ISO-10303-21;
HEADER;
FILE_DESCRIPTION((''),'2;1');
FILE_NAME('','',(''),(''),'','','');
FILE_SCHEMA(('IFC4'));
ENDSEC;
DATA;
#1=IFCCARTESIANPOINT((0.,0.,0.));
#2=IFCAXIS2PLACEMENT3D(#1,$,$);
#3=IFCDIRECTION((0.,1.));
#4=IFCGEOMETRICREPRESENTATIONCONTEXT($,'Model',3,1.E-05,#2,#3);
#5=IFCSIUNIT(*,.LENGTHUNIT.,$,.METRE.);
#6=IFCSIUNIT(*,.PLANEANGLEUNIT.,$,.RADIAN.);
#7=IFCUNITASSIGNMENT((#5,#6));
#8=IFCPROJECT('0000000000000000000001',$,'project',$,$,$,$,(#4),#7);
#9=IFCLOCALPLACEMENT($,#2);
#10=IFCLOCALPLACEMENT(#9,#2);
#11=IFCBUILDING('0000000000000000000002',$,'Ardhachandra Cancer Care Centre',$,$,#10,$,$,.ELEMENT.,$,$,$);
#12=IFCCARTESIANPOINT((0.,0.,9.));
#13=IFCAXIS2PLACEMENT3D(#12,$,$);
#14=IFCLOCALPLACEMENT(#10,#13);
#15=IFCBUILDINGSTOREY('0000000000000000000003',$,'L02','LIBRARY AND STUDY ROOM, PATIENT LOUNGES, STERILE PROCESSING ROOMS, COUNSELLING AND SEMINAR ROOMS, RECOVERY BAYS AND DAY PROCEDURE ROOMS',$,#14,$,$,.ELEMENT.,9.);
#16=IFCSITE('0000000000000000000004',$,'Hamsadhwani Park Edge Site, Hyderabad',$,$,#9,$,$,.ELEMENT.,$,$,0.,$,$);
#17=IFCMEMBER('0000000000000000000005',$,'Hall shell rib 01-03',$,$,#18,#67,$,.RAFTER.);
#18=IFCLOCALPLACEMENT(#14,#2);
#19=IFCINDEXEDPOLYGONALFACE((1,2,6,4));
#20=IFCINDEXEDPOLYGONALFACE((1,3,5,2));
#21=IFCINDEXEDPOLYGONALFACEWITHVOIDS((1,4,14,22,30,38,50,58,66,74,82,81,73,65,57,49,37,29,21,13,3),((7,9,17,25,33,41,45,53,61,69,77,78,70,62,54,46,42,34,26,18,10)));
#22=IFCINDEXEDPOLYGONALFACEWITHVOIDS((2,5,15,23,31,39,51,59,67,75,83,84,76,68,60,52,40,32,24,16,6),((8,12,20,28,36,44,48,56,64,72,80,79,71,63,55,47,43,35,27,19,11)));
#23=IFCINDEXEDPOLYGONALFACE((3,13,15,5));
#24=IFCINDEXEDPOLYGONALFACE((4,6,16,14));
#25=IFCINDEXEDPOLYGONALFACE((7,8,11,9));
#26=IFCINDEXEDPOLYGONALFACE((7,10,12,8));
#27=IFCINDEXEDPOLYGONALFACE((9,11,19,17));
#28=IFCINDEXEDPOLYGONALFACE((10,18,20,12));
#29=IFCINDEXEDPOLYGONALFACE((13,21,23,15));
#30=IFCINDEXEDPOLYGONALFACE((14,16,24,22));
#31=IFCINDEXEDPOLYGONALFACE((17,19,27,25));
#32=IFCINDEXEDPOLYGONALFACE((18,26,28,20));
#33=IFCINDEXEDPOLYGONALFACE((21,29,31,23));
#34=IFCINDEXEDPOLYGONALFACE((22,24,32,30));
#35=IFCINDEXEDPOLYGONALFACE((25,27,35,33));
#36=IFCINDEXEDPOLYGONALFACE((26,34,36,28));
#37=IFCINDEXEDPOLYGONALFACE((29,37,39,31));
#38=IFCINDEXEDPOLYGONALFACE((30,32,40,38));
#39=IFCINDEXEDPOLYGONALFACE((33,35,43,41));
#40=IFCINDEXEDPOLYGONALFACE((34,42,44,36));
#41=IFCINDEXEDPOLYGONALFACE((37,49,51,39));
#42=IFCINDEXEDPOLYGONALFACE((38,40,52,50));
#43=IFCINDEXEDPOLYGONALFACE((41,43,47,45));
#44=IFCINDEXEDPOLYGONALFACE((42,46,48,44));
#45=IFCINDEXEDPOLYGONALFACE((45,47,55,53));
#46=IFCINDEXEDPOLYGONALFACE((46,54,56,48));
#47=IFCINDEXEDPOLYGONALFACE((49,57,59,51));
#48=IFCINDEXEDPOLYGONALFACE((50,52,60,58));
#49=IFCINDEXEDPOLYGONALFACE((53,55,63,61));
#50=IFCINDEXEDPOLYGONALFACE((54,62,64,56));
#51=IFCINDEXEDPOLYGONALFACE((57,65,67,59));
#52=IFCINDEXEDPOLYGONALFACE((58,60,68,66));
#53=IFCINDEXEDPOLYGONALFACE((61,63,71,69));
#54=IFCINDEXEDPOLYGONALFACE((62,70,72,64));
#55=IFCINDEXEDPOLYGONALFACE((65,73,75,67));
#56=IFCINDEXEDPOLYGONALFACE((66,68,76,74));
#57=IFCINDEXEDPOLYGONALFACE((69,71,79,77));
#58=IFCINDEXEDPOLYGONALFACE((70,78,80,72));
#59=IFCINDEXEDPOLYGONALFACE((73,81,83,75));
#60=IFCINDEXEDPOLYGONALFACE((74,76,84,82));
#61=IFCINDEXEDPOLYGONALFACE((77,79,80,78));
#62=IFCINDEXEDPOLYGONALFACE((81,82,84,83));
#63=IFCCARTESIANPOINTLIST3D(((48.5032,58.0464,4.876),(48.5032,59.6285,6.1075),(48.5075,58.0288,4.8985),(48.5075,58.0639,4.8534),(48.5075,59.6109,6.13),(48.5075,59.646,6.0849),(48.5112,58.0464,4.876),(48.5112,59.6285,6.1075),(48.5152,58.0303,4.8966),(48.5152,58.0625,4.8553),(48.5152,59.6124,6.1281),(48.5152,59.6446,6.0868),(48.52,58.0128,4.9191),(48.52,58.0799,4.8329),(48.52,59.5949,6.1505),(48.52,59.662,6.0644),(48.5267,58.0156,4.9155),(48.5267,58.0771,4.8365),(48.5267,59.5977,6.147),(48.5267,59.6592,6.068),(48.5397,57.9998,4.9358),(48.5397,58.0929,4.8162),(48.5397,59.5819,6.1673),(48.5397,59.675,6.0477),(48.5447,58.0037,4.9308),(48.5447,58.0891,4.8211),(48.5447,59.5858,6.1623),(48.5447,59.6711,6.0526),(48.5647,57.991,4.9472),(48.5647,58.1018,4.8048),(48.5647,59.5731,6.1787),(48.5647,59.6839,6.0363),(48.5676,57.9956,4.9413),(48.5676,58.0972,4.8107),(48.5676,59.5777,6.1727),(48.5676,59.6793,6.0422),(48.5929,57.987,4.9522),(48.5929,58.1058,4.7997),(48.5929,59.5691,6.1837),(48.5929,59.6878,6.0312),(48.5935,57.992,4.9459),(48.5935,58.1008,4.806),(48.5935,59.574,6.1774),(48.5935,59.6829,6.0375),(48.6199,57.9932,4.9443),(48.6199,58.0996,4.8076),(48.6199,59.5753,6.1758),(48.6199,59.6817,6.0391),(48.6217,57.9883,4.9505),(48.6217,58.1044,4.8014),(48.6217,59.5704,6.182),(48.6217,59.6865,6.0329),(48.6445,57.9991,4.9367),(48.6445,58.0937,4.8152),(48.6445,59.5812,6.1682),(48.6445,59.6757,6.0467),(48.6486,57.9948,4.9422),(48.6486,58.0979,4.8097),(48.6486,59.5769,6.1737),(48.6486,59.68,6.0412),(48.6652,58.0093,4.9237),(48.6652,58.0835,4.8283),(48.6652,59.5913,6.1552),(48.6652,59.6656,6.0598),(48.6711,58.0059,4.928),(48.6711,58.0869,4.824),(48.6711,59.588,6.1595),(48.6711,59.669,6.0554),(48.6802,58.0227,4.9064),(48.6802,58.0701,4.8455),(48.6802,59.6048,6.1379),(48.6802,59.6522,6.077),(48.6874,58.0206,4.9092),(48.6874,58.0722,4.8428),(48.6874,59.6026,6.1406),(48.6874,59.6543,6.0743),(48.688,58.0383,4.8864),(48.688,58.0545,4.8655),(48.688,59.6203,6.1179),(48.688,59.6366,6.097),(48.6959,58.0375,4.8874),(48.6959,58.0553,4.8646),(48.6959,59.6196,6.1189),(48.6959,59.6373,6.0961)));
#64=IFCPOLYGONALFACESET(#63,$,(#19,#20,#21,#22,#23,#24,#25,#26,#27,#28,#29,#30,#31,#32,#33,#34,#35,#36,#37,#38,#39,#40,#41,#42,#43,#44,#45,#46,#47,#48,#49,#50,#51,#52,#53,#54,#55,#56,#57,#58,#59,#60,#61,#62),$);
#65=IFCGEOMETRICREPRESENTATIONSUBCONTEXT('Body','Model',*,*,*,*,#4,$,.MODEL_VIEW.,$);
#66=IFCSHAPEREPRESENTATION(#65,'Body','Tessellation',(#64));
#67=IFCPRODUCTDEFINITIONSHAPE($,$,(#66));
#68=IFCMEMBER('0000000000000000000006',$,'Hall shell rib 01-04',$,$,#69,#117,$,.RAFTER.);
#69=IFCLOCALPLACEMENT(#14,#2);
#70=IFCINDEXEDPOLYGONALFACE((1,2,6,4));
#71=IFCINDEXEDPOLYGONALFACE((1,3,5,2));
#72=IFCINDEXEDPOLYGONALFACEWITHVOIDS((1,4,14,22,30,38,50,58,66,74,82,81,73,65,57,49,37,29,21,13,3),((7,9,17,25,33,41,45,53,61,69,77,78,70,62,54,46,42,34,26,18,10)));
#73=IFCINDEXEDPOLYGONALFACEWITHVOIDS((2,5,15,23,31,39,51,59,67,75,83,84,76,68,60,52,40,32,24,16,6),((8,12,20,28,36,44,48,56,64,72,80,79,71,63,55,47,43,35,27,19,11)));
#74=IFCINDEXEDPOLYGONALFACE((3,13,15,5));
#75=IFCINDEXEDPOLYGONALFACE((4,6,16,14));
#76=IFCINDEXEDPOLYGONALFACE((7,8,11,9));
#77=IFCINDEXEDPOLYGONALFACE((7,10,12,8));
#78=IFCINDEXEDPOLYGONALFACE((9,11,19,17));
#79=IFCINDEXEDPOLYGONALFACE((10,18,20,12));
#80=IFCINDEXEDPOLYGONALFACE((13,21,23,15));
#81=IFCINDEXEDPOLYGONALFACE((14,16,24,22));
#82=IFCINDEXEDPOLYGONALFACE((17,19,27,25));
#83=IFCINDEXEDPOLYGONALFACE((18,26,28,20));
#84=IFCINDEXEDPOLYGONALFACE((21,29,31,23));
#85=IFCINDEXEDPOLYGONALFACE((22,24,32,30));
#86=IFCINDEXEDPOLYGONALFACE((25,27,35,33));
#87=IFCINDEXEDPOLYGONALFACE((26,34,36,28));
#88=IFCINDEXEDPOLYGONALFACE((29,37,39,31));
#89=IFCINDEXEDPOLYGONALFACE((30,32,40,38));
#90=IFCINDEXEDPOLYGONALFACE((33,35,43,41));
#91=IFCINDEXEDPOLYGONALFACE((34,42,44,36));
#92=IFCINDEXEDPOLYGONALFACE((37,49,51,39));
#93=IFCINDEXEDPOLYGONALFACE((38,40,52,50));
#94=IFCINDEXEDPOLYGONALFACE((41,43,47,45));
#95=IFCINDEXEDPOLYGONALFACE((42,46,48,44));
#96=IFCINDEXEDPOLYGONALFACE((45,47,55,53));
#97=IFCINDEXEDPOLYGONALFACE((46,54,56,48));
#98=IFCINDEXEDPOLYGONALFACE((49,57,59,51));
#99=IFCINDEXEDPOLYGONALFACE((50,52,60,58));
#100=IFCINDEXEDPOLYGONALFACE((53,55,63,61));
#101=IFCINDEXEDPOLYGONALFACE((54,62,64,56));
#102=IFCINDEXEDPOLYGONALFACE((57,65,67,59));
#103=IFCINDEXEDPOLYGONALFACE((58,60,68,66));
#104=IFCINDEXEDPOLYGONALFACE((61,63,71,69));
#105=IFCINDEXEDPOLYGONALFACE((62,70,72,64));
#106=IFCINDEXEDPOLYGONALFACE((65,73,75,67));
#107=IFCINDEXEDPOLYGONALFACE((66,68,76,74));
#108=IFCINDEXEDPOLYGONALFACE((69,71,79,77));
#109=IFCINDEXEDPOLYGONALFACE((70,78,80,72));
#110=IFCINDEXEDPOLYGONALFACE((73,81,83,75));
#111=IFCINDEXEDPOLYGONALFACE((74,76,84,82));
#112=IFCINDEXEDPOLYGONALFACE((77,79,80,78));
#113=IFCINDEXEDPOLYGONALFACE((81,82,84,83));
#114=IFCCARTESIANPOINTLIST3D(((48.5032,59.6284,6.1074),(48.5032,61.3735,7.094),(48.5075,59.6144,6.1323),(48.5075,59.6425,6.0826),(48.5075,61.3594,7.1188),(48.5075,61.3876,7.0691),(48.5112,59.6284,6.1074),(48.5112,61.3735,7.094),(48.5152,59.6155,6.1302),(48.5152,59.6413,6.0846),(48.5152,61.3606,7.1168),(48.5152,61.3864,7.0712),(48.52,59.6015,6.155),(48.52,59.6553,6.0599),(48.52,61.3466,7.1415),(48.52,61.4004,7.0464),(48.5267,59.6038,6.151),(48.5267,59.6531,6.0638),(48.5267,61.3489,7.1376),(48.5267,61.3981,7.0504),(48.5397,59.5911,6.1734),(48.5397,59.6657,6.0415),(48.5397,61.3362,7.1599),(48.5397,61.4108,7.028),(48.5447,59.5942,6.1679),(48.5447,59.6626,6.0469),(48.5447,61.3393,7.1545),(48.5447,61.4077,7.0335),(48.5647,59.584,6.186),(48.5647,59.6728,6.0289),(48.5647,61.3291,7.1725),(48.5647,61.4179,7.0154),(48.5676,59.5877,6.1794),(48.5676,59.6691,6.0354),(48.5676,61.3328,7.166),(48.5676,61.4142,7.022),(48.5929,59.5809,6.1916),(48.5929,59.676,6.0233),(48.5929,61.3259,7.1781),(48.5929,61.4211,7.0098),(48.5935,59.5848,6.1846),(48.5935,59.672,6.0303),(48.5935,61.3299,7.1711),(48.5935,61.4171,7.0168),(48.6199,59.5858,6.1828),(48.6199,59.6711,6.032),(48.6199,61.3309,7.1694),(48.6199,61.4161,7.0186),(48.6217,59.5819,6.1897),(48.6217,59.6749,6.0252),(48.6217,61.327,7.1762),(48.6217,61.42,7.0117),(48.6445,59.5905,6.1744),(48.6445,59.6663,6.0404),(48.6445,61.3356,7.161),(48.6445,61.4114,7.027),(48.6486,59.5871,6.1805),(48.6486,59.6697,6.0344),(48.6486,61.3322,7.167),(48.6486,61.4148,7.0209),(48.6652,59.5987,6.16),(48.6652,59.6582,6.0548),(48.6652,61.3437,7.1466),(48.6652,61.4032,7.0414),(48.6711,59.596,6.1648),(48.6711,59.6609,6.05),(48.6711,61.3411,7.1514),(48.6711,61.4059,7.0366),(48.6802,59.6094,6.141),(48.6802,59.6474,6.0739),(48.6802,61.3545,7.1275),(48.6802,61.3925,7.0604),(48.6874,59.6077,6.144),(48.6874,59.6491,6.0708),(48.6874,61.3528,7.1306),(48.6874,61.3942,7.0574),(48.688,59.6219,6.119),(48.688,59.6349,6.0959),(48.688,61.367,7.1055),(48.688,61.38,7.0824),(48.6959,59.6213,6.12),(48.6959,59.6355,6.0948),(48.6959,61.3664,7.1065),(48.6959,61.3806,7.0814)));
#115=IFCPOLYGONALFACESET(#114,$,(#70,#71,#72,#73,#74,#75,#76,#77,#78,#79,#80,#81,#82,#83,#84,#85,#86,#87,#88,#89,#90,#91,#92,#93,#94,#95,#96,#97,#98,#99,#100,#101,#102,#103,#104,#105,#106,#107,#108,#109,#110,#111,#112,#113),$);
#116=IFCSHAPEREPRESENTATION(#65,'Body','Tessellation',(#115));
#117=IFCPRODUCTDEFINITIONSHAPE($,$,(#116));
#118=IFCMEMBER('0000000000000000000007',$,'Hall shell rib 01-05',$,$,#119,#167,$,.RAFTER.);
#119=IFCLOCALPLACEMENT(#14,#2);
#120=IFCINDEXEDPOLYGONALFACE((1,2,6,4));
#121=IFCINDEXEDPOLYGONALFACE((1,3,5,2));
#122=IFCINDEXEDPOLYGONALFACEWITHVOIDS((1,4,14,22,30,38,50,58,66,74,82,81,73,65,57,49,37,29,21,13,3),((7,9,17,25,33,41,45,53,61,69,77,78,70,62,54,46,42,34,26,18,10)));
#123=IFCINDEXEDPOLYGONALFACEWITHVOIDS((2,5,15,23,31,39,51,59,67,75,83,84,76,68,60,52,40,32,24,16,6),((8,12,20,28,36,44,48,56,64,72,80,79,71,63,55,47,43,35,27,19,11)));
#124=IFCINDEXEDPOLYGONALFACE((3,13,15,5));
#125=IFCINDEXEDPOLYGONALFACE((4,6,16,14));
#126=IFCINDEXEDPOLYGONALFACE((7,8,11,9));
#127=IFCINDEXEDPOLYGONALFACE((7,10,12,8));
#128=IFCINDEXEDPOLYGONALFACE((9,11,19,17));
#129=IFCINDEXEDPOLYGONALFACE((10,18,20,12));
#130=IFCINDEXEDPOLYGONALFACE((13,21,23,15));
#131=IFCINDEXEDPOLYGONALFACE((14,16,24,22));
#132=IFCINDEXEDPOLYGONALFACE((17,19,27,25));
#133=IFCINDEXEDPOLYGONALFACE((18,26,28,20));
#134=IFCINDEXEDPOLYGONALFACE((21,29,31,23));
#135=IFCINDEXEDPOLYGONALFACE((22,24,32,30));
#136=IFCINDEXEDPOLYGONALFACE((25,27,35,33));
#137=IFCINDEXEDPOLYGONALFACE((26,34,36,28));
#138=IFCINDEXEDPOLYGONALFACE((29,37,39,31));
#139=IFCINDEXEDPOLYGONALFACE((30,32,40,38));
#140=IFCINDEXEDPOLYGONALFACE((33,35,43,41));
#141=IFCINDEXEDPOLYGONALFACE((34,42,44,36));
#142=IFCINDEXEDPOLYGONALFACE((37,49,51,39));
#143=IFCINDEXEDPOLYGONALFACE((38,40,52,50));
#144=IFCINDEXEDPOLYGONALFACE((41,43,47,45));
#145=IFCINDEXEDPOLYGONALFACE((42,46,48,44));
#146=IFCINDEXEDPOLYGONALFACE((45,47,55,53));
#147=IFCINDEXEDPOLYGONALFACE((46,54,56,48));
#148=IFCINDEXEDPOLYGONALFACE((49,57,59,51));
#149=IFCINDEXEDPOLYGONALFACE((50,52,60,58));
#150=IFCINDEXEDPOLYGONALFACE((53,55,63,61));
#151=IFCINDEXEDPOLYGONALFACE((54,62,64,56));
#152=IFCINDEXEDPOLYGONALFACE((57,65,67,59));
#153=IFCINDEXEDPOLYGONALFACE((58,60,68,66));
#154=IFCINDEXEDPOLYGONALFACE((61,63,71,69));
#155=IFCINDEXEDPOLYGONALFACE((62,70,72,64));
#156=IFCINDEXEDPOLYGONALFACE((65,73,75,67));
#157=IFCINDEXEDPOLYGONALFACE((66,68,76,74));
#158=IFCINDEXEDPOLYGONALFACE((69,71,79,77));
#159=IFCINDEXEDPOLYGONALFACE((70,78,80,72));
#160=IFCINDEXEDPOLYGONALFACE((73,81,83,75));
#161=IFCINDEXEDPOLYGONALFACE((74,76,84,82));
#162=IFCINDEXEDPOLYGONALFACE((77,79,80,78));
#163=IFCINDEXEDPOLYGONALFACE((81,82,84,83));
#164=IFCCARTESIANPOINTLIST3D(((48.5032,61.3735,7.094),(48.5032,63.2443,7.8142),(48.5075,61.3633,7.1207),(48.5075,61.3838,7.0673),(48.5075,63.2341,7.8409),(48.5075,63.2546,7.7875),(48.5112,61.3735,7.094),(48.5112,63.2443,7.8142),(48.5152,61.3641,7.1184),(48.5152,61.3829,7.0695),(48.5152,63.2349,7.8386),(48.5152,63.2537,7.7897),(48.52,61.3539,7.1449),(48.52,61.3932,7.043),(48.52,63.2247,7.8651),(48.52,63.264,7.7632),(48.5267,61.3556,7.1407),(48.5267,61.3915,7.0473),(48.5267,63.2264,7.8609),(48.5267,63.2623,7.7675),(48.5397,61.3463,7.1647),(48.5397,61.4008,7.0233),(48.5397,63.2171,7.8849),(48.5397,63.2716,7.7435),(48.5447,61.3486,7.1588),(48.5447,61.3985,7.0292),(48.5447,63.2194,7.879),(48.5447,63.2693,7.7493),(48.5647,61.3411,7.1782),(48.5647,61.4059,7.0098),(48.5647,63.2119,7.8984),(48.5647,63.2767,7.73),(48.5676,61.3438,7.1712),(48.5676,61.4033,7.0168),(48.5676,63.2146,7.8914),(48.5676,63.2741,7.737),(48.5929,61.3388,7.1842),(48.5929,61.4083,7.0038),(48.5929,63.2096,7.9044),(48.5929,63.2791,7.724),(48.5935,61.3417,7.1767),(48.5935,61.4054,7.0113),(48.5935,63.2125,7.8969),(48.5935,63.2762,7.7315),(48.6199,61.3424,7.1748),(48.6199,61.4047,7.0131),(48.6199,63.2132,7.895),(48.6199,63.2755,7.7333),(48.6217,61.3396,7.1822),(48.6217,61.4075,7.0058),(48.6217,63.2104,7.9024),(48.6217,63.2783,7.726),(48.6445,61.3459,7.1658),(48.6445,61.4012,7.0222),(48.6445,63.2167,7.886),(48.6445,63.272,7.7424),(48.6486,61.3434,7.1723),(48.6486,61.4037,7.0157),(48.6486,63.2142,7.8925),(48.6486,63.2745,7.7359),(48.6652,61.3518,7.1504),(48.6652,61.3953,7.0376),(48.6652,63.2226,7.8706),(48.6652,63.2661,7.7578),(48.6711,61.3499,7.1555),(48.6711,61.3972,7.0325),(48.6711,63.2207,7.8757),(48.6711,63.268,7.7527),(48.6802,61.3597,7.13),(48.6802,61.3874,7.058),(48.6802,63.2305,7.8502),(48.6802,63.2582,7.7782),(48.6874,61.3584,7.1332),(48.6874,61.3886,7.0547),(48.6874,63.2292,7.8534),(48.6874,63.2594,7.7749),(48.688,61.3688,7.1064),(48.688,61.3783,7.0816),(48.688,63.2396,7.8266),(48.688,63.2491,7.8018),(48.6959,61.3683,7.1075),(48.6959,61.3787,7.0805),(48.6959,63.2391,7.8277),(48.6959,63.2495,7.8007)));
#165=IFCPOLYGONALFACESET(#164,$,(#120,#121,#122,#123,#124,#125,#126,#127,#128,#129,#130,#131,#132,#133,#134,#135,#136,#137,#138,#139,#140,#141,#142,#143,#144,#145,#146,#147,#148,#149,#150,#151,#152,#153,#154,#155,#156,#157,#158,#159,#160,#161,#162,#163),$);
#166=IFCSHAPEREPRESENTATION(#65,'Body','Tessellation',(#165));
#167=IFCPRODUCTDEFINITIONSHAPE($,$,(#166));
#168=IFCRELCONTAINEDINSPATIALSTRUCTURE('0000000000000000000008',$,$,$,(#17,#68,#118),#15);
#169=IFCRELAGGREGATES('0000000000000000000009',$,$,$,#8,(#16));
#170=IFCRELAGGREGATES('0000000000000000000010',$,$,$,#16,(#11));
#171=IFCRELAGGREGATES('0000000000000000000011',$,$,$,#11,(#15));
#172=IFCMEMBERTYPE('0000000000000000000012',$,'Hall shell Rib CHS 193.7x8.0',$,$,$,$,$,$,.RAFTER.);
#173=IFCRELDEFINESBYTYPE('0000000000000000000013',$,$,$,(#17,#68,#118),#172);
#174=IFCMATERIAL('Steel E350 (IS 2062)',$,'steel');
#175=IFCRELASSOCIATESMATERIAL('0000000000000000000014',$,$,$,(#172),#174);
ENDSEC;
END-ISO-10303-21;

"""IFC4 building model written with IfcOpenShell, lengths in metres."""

from ifc_helpers import new_model, si_unit, direction, frame, origin, origin_2d, place, context, subcontext, project, spatial, hollow_circle, extrude, material, material_profile, profile_set, type_object, element, save


model = new_model("IFC4")

# Units and contexts
model_context = context("Model", 3, precision=1e-05, world=origin(), true_north=direction((0.0, 1.0)))
body_context = subcontext(model_context, "Body", "Model", "MODEL_VIEW")
ifc_project = project(units=[si_unit("LENGTHUNIT", "METRE"), si_unit("PLANEANGLEUNIT", "RADIAN")], contexts=[model_context])

# Site, building, storey
site_placement = place(None, origin())
site = spatial("IfcSite", under=ifc_project, at=site_placement, Name="Hamsadhwani Park Edge Site, Hyderabad", CompositionType="ELEMENT", RefElevation=0.0)
building_placement = place(site_placement, origin())
building = spatial("IfcBuilding", under=site, at=building_placement, Name="Ardhachandra Cancer Care Centre", CompositionType="ELEMENT")
storey_placement = place(building_placement, frame((0.0, 0.0, 9.0)))
storey = spatial("IfcBuildingStorey", under=building, at=storey_placement, Name="L02", Description="LIBRARY AND STUDY ROOM, PATIENT LOUNGES, STERILE PROCESSING ROOMS, COUNSELLING AND SEMINAR ROOMS, RECOVERY BAYS AND DAY PROCEDURE ROOMS", CompositionType="ELEMENT", Elevation=9.0)

# Members
ifc_material_1 = material(Name="Steel E350 (IS 2062)", Category="steel")
ifc_material_profile_1 = material_profile(ifc_material_1, hollow_circle(Radius=0.0969, WallThickness=0.0081, at=origin_2d()), Name="CHS 193.7x8.0")
ifc_profile_set_1 = profile_set([ifc_material_profile_1], Name="Steel E350 (IS 2062)")
member_type_1 = type_object("IfcMemberType", Name="Hall shell Rib CHS 193.7x8.0", PredefinedType="RAFTER", material=ifc_profile_set_1)
member_1_placement = place(storey_placement, frame((48.6001, 58.0464, 4.876), z_axis=(0.0, 0.789116, 0.614244), x_axis=(-1.0, 0.0, 0.0)))
element("IfcMember", 1, at=member_1_placement, inside=storey, type_object=member_type_1, Name="Hall shell rib 01-03", PredefinedType="RAFTER", context=body_context, shape_type="SweptSolid", body=[
    extrude(hollow_circle(Radius=0.0969, WallThickness=0.0081, at=origin_2d()), origin(), (0.0, 0.0, 1.0), 2.0049),
])
for number, where, z_axis, x_axis, name in (
    (2, (48.6001, 59.6284, 6.1074), (0.0, 0.87052, 0.492134), (-1.0, 0.0, 0.0), "Hall shell rib 01-04"),
    (3, (48.6001, 61.3735, 7.094), (0.0, 0.933236, 0.359265), (-1.0, 0.0, 0.0), "Hall shell rib 01-05"),
):
    element("IfcMember", number, at=place(storey_placement, frame(where, z_axis=z_axis, x_axis=x_axis)), inside=storey, type_object=member_type_1, Name=name, PredefinedType="RAFTER", context=body_context, shape_type="SweptSolid", body=[
        extrude(hollow_circle(Radius=0.0969, WallThickness=0.0081, at=origin_2d()), origin(), (0.0, 0.0, 1.0), 2.0046),
    ])

save(model, "model.ifc")
